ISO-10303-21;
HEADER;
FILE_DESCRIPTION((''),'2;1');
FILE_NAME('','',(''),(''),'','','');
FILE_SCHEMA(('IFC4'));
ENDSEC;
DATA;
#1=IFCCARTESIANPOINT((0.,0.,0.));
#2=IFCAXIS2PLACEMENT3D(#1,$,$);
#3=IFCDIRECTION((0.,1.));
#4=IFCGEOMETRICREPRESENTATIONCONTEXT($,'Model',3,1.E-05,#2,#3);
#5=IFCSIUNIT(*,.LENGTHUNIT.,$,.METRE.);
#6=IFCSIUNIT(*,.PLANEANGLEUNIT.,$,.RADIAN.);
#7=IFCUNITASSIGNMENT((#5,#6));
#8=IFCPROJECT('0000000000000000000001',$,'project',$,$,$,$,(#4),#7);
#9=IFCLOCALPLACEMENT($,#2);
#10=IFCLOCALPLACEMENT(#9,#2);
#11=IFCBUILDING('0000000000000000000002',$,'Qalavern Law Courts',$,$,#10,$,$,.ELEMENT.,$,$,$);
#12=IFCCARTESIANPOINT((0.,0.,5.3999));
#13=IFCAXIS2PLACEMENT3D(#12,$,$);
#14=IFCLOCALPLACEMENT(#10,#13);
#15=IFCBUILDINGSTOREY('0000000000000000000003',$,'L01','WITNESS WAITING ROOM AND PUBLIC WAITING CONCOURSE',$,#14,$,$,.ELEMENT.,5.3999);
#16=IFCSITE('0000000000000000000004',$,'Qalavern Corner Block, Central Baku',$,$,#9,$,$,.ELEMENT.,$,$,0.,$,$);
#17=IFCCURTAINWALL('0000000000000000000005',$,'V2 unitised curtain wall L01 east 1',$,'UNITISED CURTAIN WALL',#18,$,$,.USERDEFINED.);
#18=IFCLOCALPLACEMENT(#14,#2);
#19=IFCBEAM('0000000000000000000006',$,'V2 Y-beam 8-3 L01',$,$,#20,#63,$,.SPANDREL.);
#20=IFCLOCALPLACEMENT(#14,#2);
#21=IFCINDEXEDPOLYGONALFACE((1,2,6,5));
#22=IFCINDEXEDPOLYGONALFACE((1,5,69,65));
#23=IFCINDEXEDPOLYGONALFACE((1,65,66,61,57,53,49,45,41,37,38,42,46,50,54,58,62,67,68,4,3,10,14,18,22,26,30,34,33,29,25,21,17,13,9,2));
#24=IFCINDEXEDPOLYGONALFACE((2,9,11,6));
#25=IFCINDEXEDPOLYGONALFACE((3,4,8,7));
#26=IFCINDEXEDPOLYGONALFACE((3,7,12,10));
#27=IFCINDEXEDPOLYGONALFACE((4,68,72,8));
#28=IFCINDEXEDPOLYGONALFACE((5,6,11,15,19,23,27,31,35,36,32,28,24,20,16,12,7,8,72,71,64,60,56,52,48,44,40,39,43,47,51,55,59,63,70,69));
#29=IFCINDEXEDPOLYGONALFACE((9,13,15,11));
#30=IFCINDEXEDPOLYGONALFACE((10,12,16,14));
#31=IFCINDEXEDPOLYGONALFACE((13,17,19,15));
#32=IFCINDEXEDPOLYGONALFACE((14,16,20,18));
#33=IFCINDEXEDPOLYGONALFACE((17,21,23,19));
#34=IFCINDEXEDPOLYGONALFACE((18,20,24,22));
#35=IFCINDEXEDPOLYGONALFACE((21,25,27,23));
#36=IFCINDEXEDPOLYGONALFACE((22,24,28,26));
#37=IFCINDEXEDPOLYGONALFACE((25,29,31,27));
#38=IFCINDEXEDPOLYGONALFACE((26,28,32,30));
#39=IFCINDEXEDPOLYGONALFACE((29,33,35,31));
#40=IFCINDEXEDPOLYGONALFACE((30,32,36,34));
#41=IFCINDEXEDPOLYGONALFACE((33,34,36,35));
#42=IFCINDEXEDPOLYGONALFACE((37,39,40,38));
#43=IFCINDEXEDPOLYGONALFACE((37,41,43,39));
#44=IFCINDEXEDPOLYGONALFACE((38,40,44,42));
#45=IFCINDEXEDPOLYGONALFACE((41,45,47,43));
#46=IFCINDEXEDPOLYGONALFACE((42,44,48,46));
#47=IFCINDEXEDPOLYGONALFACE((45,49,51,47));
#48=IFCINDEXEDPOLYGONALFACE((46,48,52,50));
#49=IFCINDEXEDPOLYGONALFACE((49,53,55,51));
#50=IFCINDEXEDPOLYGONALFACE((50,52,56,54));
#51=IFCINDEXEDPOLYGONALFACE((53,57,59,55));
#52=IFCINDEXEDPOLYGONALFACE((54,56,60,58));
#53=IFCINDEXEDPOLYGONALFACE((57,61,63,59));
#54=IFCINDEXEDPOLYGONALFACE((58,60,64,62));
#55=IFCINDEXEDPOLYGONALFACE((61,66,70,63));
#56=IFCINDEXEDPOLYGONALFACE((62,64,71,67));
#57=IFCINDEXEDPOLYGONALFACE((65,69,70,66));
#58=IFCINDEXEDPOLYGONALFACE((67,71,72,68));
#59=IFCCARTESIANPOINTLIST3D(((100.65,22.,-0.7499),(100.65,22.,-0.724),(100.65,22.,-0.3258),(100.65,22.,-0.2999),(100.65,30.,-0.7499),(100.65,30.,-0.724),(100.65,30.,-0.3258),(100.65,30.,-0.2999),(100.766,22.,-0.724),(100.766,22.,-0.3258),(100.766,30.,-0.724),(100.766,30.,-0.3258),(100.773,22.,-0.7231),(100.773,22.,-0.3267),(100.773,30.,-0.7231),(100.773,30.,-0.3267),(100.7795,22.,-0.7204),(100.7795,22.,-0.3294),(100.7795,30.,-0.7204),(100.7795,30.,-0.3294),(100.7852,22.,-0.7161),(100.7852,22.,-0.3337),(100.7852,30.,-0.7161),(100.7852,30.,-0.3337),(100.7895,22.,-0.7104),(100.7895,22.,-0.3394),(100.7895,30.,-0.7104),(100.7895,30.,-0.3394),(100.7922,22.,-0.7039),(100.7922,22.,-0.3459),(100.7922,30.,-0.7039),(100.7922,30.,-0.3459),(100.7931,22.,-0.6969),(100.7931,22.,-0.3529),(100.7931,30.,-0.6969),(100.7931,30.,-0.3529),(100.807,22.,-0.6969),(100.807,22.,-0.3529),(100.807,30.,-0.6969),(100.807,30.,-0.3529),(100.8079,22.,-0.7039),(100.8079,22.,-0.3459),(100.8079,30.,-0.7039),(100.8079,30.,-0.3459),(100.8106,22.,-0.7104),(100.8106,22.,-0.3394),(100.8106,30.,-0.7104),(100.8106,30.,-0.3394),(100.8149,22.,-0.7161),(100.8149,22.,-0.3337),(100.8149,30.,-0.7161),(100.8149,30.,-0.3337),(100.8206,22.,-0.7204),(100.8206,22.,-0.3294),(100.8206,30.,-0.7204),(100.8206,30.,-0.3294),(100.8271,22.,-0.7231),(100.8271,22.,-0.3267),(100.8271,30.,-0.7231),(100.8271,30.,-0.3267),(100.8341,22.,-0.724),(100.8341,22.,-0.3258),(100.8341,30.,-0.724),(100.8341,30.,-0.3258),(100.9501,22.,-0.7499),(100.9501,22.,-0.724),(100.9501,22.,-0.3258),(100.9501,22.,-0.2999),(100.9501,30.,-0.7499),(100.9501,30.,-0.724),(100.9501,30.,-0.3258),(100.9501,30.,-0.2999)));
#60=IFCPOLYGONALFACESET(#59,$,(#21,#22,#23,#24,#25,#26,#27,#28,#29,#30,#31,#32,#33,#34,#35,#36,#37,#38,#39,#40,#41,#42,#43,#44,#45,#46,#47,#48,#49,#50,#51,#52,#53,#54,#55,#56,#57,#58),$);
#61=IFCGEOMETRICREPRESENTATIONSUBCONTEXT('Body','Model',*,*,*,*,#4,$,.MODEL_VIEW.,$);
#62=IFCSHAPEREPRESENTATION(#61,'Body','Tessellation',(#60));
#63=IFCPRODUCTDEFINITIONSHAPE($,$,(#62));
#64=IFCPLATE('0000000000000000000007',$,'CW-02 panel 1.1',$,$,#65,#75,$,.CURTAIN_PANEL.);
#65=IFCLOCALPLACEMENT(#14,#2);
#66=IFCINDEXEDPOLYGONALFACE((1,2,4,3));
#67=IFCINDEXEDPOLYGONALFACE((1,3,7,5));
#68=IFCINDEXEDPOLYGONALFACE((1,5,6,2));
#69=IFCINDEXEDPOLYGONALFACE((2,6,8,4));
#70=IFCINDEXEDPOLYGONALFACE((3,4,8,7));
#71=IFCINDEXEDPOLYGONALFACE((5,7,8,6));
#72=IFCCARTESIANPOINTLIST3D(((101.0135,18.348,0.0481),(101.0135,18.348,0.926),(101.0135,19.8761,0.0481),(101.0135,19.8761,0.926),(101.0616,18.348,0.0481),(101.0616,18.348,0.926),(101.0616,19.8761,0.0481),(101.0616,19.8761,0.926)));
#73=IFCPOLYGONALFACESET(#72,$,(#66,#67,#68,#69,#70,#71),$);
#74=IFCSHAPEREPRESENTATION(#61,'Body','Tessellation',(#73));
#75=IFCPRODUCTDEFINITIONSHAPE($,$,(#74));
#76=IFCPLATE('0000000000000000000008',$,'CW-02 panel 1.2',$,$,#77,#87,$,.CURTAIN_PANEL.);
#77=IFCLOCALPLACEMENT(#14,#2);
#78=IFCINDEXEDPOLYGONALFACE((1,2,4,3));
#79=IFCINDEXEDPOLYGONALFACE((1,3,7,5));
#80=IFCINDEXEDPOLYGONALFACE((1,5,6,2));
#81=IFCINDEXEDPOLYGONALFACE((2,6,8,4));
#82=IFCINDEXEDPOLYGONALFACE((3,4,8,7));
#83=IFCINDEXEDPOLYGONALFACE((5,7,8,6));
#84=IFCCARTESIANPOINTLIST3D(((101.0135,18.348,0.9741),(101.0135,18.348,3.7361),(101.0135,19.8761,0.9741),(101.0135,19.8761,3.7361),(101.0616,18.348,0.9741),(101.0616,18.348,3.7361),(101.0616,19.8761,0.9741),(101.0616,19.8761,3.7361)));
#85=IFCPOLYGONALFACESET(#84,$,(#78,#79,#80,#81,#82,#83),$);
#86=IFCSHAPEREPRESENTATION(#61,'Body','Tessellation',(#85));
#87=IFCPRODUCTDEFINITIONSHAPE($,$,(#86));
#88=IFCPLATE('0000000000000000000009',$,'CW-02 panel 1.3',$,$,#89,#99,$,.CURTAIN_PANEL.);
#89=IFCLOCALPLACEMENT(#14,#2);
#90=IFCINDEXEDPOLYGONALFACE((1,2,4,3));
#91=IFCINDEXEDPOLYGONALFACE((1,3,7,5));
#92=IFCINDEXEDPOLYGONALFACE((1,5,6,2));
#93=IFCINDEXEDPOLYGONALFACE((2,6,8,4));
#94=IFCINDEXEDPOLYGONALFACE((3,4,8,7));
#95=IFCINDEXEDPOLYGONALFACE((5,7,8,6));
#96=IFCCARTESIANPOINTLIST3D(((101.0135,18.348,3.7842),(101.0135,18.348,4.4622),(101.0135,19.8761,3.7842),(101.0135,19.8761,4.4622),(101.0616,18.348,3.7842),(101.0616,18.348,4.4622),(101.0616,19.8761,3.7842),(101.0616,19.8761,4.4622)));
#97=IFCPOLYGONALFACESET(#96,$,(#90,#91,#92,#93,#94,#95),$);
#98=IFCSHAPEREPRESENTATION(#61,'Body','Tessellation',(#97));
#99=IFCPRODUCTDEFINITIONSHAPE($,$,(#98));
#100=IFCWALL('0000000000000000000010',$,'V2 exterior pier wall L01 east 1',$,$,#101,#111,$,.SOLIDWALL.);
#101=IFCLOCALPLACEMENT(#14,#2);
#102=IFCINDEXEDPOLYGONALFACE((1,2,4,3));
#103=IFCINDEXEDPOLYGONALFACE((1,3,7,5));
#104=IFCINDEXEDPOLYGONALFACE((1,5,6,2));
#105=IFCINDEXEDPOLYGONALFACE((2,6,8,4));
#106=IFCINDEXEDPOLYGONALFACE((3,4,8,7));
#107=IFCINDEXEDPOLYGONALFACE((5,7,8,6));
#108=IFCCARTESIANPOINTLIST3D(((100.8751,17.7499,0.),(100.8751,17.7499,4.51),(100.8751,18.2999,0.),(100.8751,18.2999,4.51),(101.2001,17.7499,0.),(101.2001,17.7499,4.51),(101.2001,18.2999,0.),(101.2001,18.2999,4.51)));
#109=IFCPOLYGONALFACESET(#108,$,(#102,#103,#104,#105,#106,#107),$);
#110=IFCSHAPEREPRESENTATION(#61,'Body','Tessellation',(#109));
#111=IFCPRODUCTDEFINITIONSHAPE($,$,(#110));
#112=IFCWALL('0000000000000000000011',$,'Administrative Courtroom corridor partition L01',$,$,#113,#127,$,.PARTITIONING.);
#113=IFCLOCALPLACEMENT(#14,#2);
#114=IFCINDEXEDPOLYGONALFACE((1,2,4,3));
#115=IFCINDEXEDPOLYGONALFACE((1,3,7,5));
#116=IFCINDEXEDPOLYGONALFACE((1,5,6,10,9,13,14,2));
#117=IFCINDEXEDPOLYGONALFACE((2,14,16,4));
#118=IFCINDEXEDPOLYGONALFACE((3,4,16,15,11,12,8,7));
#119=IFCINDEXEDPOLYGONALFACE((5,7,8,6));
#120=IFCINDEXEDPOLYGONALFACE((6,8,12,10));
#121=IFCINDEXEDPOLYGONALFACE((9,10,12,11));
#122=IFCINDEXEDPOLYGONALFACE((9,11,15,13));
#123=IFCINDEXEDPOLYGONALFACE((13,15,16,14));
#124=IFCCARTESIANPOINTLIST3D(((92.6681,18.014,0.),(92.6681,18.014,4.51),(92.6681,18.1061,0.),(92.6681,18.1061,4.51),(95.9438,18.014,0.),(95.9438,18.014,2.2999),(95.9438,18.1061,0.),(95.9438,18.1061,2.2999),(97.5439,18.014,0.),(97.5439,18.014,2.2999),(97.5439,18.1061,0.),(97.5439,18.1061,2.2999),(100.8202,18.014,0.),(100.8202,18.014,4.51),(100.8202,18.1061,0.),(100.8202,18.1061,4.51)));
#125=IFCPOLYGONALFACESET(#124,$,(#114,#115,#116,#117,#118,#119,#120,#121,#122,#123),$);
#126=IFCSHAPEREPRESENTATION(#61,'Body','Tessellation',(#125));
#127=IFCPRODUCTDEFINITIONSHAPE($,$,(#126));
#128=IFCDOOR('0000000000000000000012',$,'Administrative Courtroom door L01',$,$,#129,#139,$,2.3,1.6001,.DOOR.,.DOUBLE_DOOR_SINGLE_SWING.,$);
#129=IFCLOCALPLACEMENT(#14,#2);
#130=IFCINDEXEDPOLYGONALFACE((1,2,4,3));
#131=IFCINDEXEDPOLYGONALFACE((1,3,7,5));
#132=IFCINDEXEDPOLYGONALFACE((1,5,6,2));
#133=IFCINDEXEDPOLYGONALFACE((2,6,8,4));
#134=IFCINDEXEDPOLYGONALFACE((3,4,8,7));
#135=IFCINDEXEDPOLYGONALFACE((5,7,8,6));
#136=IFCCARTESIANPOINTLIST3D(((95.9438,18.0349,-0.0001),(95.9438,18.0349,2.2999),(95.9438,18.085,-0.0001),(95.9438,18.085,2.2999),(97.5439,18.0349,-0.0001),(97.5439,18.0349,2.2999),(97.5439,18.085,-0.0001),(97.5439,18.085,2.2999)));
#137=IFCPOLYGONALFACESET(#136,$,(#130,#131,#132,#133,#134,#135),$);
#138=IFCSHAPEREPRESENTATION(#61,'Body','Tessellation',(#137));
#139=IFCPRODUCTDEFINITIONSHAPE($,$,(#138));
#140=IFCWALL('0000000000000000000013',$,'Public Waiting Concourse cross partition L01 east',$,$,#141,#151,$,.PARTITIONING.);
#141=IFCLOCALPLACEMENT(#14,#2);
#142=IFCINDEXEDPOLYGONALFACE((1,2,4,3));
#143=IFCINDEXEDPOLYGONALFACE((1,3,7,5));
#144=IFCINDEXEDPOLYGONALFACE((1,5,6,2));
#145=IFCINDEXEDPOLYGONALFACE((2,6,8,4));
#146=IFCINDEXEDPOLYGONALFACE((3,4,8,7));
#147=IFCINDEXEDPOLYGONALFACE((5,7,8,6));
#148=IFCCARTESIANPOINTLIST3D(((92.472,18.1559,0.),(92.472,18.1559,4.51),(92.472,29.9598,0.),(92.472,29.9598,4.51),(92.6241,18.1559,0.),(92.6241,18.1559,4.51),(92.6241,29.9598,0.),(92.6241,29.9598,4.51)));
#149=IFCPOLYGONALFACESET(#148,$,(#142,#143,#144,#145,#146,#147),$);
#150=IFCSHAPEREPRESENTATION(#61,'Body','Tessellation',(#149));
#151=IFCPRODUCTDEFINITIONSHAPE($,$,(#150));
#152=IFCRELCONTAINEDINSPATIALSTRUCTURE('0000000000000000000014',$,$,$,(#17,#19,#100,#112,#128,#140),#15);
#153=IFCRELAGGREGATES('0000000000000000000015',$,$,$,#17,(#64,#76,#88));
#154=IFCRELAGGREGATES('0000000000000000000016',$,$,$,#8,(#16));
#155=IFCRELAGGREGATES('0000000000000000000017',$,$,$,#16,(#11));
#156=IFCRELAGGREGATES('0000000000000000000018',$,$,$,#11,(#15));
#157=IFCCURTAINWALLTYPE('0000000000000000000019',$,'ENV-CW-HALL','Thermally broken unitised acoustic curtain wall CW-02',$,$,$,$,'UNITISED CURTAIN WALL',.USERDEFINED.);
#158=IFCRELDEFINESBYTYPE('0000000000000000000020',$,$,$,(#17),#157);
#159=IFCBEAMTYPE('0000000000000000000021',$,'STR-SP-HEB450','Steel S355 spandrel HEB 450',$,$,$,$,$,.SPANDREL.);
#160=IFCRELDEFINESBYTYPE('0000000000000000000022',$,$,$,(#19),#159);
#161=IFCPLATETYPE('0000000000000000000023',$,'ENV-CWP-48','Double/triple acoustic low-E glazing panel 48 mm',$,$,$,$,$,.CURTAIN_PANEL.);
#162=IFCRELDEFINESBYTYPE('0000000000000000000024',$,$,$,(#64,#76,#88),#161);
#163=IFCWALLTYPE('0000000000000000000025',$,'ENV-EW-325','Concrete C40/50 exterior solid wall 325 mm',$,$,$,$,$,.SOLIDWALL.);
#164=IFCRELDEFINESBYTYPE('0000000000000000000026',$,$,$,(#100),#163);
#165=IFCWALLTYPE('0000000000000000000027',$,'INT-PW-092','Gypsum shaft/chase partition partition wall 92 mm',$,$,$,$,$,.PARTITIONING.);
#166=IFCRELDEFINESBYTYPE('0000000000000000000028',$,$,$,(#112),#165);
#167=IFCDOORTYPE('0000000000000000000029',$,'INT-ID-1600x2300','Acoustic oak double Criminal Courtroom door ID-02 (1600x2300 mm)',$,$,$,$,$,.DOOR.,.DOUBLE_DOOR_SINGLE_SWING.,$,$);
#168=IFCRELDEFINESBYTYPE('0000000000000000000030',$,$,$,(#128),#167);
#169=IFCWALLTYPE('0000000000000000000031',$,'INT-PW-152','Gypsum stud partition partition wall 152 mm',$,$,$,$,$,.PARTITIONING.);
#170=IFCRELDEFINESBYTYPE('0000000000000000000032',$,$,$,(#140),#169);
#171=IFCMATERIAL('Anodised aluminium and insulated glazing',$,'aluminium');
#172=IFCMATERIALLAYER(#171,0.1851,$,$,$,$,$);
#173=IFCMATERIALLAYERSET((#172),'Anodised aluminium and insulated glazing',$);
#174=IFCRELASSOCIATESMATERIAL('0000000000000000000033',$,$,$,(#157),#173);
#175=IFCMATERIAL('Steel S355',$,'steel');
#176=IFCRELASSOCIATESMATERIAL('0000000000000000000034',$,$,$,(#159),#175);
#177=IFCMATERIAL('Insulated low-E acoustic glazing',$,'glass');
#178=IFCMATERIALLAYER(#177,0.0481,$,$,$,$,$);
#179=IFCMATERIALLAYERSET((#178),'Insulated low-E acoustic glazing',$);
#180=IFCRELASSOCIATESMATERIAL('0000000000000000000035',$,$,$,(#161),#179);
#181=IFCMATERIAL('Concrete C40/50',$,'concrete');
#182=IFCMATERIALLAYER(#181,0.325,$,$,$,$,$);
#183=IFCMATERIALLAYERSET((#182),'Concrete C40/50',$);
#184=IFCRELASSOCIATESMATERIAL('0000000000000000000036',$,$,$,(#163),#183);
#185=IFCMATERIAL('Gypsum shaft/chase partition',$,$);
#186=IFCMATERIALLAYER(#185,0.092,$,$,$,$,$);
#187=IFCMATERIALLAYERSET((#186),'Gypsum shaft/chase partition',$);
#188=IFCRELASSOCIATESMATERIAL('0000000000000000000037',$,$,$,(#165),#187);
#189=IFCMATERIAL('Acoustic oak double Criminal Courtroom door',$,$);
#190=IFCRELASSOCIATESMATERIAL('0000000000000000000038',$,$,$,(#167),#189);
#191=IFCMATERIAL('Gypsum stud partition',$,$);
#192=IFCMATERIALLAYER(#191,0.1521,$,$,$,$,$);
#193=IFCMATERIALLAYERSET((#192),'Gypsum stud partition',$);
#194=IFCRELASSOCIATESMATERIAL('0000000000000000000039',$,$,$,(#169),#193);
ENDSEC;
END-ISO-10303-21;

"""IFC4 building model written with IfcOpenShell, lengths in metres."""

from ifc_helpers import new_model, si_unit, direction, frame, frame_2d, origin, origin_2d, place, context, subcontext, project, spatial, rectangle, i_section, extrude, material, layer, layer_set, material_profile, profile_set, type_object, element, fill, aggregate, save


model = new_model("IFC4")

# Units and contexts
model_context = context("Model", 3, precision=1e-05, world=origin(), true_north=direction((0.0, 1.0)))
body_context = subcontext(model_context, "Body", "Model", "MODEL_VIEW")
ifc_project = project(units=[si_unit("LENGTHUNIT", "METRE"), si_unit("PLANEANGLEUNIT", "RADIAN")], contexts=[model_context])

# Site, building, storey
site_placement = place(None, origin())
site = spatial("IfcSite", under=ifc_project, at=site_placement, Name="Qalavern Corner Block, Central Baku", CompositionType="ELEMENT", RefElevation=0.0)
building_placement = place(site_placement, origin())
building = spatial("IfcBuilding", under=site, at=building_placement, Name="Qalavern Law Courts", CompositionType="ELEMENT")
storey_placement = place(building_placement, frame((0.0, 0.0, 5.3999)))
storey = spatial("IfcBuildingStorey", under=building, at=storey_placement, Name="L01", Description="WITNESS WAITING ROOM AND PUBLIC WAITING CONCOURSE", CompositionType="ELEMENT", Elevation=5.3999)

# Curtain wall
ifc_material_1 = material(Name="Anodised aluminium and insulated glazing", Category="aluminium")
ifc_layer_1 = layer(ifc_material_1, 0.1851)
ifc_layer_set_1 = layer_set([ifc_layer_1], Name="Anodised aluminium and insulated glazing")
curtain_wall_type = type_object("IfcCurtainWallType", Name="ENV-CW-HALL", Description="Thermally broken unitised acoustic curtain wall CW-02", ElementType="UNITISED CURTAIN WALL", PredefinedType="USERDEFINED", material=ifc_layer_set_1)
curtain_wall_placement = place(storey_placement, origin())
curtain_wall = element("IfcCurtainWall", 1, at=curtain_wall_placement, inside=storey, type_object=curtain_wall_type, Name="V2 unitised curtain wall L01 east 1", ObjectType="UNITISED CURTAIN WALL", PredefinedType="USERDEFINED")

# Beam
ifc_material_2 = material(Name="Concrete C40/50", Category="concrete")
ifc_material_3 = material(Name="Steel S355", Category="steel")
ifc_material_profile_1 = material_profile(ifc_material_3, i_section(OverallWidth=0.3, OverallDepth=0.45, WebThickness=0.0139, FlangeThickness=0.0259, FilletRadius=0.0271, at=origin_2d()), Name="HEB 450")
ifc_profile_set_1 = profile_set([ifc_material_profile_1], Name="Steel S355")
beam_type_1 = type_object("IfcBeamType", Name="STR-SP-HEB450", Description="Steel S355 spandrel HEB 450", PredefinedType="SPANDREL", material=ifc_profile_set_1)
beam_1_placement = place(storey_placement, frame((100.8, 22.0, -0.5249), z_axis=(0.0, 1.0, 0.0), x_axis=(-1.0, 0.0, 0.0)))
element("IfcBeam", 2, at=beam_1_placement, inside=storey, type_object=beam_type_1, Name="V2 Y-beam 8-3 L01", PredefinedType="SPANDREL", context=body_context, shape_type="SweptSolid", body=[
    extrude(i_section(OverallWidth=0.3, OverallDepth=0.45, WebThickness=0.0139, FlangeThickness=0.0259, FilletRadius=0.0271, at=origin_2d()), origin(), (0.0, 0.0, 1.0), 8.0),
])

# Plates
ifc_material_4 = material(Name="Insulated low-E acoustic glazing", Category="glass")
ifc_layer_2 = layer(ifc_material_4, 0.0481)
ifc_layer_set_2 = layer_set([ifc_layer_2], Name="Insulated low-E acoustic glazing")
plate_type = type_object("IfcPlateType", Name="ENV-CWP-48", Description="Double/triple acoustic low-E glazing panel 48 mm", PredefinedType="CURTAIN_PANEL", material=ifc_layer_set_2)
plate_1_placement = place(storey_placement, frame((101.0376, 19.1121, 0.0481), z_axis=(0.0, 0.0, 1.0), x_axis=(0.0, 1.0, 0.0)))
plate_1 = element("IfcPlate", 3, at=plate_1_placement, type_object=plate_type, Name="CW-02 panel 1.1", PredefinedType="CURTAIN_PANEL", context=body_context, shape_type="SweptSolid", body=[
    extrude(rectangle(XDim=1.5281, YDim=0.0481, at=origin_2d()), origin(), (0.0, 0.0, 1.0), 0.8779),
])
plate_2_placement = place(storey_placement, frame((101.0376, 19.1121, 0.9741), z_axis=(0.0, 0.0, 1.0), x_axis=(0.0, 1.0, 0.0)))
plate_2 = element("IfcPlate", 4, at=plate_2_placement, type_object=plate_type, Name="CW-02 panel 1.2", PredefinedType="CURTAIN_PANEL", context=body_context, shape_type="SweptSolid", body=[
    extrude(rectangle(XDim=1.5281, YDim=0.0481, at=origin_2d()), origin(), (0.0, 0.0, 1.0), 2.762),
])
plate_3_placement = place(storey_placement, frame((101.0376, 19.1121, 3.7842), z_axis=(0.0, 0.0, 1.0), x_axis=(0.0, 1.0, 0.0)))
plate_3 = element("IfcPlate", 5, at=plate_3_placement, type_object=plate_type, Name="CW-02 panel 1.3", PredefinedType="CURTAIN_PANEL", context=body_context, shape_type="SweptSolid", body=[
    extrude(rectangle(XDim=1.5281, YDim=0.0481, at=origin_2d()), origin(), (0.0, 0.0, 1.0), 0.678),
])
aggregate(curtain_wall, [plate_1, plate_2, plate_3])

# Wall
ifc_layer_3 = layer(ifc_material_2, 0.325)
ifc_layer_set_3 = layer_set([ifc_layer_3], Name="Concrete C40/50")
wall_type_1 = type_object("IfcWallType", Name="ENV-EW-325", Description="Concrete C40/50 exterior solid wall 325 mm", PredefinedType="SOLIDWALL", material=ifc_layer_set_3)
wall_1_placement = place(storey_placement, frame((101.0376, 17.75, 0.0), z_axis=(0.0, 0.0, 1.0), x_axis=(0.0, 1.0, 0.0)))
element("IfcWall", 6, at=wall_1_placement, inside=storey, type_object=wall_type_1, Name="V2 exterior pier wall L01 east 1", PredefinedType="SOLIDWALL", context=body_context, shape_type="SweptSolid", body=[
    extrude(rectangle(XDim=0.55, YDim=0.325, at=frame_2d((0.2749, 0.0))), origin(), (0.0, 0.0, 1.0), 4.51),
])

# Wall, opening, door
ifc_material_5 = material(Name="Gypsum shaft/chase partition")
ifc_layer_4 = layer(ifc_material_5, 0.092)
ifc_layer_set_4 = layer_set([ifc_layer_4], Name="Gypsum shaft/chase partition")
wall_type_2 = type_object("IfcWallType", Name="INT-PW-092", Description="Gypsum shaft/chase partition partition wall 92 mm", PredefinedType="PARTITIONING", material=ifc_layer_set_4)
wall_2_placement = place(storey_placement, frame((92.668, 18.0601, 0.0), z_axis=(0.0, 0.0, 1.0), x_axis=(1.0, 0.0, 0.0)))
wall_2 = element("IfcWall", 7, at=wall_2_placement, inside=storey, type_object=wall_type_2, Name="Administrative Courtroom corridor partition L01", PredefinedType="PARTITIONING", context=body_context, shape_type="SweptSolid", body=[
    extrude(rectangle(XDim=8.1521, YDim=0.092, at=frame_2d((4.0762, 0.0))), origin(), (0.0, 0.0, 1.0), 4.51),
])
opening_placement = place(wall_2_placement, frame((3.2759, 0.0, 0.0)))
opening = element("IfcOpeningElement", 8, at=opening_placement, cuts=wall_2, PredefinedType="OPENING", context=body_context, shape_type="SweptSolid", body=[
    extrude(rectangle(XDim=1.6001, YDim=2.3, at=frame_2d((0.8, 1.1499))), frame((0.0, 0.061, 0.0), z_axis=(0.0, -1.0, 0.0), x_axis=(1.0, 0.0, 0.0)), (0.0, 0.0, 1.0), 0.1218),
])
ifc_material_6 = material(Name="Acoustic oak double Criminal Courtroom door")
door_type = type_object("IfcDoorType", Name="INT-ID-1600x2300", Description="Acoustic oak double Criminal Courtroom door ID-02 (1600x2300 mm)", OperationType="DOUBLE_DOOR_SINGLE_SWING", PredefinedType="DOOR", material=ifc_material_6)
door_placement = place(opening_placement, origin())
door = element("IfcDoor", 9, at=door_placement, inside=storey, type_object=door_type, Name="Administrative Courtroom door L01", OperationType="DOUBLE_DOOR_SINGLE_SWING", OverallHeight=2.3, OverallWidth=1.6001, PredefinedType="DOOR", context=body_context, shape_type="SweptSolid", body=[
    extrude(rectangle(XDim=1.6001, YDim=2.3, at=frame_2d((0.8, 1.1499))), frame((0.0, 0.0249, 0.0), z_axis=(0.0, -1.0, 0.0), x_axis=(1.0, 0.0, 0.0)), (0.0, 0.0, 1.0), 0.05),
])
fill(opening, door)

# Wall
ifc_material_7 = material(Name="Gypsum stud partition")
ifc_layer_5 = layer(ifc_material_7, 0.1521)
ifc_layer_set_5 = layer_set([ifc_layer_5], Name="Gypsum stud partition")
wall_type_3 = type_object("IfcWallType", Name="INT-PW-152", Description="Gypsum stud partition partition wall 152 mm", PredefinedType="PARTITIONING", material=ifc_layer_set_5)
wall_3_placement = place(storey_placement, frame((92.5481, 18.156, 0.0), z_axis=(0.0, 0.0, 1.0), x_axis=(0.0, 1.0, 0.0)))
element("IfcWall", 10, at=wall_3_placement, inside=storey, type_object=wall_type_3, Name="Public Waiting Concourse cross partition L01 east", PredefinedType="PARTITIONING", context=body_context, shape_type="SweptSolid", body=[
    extrude(rectangle(XDim=11.804, YDim=0.1521, at=frame_2d((5.9019, 0.0))), origin(), (0.0, 0.0, 1.0), 4.51),
])

save(model, "model.ifc")
